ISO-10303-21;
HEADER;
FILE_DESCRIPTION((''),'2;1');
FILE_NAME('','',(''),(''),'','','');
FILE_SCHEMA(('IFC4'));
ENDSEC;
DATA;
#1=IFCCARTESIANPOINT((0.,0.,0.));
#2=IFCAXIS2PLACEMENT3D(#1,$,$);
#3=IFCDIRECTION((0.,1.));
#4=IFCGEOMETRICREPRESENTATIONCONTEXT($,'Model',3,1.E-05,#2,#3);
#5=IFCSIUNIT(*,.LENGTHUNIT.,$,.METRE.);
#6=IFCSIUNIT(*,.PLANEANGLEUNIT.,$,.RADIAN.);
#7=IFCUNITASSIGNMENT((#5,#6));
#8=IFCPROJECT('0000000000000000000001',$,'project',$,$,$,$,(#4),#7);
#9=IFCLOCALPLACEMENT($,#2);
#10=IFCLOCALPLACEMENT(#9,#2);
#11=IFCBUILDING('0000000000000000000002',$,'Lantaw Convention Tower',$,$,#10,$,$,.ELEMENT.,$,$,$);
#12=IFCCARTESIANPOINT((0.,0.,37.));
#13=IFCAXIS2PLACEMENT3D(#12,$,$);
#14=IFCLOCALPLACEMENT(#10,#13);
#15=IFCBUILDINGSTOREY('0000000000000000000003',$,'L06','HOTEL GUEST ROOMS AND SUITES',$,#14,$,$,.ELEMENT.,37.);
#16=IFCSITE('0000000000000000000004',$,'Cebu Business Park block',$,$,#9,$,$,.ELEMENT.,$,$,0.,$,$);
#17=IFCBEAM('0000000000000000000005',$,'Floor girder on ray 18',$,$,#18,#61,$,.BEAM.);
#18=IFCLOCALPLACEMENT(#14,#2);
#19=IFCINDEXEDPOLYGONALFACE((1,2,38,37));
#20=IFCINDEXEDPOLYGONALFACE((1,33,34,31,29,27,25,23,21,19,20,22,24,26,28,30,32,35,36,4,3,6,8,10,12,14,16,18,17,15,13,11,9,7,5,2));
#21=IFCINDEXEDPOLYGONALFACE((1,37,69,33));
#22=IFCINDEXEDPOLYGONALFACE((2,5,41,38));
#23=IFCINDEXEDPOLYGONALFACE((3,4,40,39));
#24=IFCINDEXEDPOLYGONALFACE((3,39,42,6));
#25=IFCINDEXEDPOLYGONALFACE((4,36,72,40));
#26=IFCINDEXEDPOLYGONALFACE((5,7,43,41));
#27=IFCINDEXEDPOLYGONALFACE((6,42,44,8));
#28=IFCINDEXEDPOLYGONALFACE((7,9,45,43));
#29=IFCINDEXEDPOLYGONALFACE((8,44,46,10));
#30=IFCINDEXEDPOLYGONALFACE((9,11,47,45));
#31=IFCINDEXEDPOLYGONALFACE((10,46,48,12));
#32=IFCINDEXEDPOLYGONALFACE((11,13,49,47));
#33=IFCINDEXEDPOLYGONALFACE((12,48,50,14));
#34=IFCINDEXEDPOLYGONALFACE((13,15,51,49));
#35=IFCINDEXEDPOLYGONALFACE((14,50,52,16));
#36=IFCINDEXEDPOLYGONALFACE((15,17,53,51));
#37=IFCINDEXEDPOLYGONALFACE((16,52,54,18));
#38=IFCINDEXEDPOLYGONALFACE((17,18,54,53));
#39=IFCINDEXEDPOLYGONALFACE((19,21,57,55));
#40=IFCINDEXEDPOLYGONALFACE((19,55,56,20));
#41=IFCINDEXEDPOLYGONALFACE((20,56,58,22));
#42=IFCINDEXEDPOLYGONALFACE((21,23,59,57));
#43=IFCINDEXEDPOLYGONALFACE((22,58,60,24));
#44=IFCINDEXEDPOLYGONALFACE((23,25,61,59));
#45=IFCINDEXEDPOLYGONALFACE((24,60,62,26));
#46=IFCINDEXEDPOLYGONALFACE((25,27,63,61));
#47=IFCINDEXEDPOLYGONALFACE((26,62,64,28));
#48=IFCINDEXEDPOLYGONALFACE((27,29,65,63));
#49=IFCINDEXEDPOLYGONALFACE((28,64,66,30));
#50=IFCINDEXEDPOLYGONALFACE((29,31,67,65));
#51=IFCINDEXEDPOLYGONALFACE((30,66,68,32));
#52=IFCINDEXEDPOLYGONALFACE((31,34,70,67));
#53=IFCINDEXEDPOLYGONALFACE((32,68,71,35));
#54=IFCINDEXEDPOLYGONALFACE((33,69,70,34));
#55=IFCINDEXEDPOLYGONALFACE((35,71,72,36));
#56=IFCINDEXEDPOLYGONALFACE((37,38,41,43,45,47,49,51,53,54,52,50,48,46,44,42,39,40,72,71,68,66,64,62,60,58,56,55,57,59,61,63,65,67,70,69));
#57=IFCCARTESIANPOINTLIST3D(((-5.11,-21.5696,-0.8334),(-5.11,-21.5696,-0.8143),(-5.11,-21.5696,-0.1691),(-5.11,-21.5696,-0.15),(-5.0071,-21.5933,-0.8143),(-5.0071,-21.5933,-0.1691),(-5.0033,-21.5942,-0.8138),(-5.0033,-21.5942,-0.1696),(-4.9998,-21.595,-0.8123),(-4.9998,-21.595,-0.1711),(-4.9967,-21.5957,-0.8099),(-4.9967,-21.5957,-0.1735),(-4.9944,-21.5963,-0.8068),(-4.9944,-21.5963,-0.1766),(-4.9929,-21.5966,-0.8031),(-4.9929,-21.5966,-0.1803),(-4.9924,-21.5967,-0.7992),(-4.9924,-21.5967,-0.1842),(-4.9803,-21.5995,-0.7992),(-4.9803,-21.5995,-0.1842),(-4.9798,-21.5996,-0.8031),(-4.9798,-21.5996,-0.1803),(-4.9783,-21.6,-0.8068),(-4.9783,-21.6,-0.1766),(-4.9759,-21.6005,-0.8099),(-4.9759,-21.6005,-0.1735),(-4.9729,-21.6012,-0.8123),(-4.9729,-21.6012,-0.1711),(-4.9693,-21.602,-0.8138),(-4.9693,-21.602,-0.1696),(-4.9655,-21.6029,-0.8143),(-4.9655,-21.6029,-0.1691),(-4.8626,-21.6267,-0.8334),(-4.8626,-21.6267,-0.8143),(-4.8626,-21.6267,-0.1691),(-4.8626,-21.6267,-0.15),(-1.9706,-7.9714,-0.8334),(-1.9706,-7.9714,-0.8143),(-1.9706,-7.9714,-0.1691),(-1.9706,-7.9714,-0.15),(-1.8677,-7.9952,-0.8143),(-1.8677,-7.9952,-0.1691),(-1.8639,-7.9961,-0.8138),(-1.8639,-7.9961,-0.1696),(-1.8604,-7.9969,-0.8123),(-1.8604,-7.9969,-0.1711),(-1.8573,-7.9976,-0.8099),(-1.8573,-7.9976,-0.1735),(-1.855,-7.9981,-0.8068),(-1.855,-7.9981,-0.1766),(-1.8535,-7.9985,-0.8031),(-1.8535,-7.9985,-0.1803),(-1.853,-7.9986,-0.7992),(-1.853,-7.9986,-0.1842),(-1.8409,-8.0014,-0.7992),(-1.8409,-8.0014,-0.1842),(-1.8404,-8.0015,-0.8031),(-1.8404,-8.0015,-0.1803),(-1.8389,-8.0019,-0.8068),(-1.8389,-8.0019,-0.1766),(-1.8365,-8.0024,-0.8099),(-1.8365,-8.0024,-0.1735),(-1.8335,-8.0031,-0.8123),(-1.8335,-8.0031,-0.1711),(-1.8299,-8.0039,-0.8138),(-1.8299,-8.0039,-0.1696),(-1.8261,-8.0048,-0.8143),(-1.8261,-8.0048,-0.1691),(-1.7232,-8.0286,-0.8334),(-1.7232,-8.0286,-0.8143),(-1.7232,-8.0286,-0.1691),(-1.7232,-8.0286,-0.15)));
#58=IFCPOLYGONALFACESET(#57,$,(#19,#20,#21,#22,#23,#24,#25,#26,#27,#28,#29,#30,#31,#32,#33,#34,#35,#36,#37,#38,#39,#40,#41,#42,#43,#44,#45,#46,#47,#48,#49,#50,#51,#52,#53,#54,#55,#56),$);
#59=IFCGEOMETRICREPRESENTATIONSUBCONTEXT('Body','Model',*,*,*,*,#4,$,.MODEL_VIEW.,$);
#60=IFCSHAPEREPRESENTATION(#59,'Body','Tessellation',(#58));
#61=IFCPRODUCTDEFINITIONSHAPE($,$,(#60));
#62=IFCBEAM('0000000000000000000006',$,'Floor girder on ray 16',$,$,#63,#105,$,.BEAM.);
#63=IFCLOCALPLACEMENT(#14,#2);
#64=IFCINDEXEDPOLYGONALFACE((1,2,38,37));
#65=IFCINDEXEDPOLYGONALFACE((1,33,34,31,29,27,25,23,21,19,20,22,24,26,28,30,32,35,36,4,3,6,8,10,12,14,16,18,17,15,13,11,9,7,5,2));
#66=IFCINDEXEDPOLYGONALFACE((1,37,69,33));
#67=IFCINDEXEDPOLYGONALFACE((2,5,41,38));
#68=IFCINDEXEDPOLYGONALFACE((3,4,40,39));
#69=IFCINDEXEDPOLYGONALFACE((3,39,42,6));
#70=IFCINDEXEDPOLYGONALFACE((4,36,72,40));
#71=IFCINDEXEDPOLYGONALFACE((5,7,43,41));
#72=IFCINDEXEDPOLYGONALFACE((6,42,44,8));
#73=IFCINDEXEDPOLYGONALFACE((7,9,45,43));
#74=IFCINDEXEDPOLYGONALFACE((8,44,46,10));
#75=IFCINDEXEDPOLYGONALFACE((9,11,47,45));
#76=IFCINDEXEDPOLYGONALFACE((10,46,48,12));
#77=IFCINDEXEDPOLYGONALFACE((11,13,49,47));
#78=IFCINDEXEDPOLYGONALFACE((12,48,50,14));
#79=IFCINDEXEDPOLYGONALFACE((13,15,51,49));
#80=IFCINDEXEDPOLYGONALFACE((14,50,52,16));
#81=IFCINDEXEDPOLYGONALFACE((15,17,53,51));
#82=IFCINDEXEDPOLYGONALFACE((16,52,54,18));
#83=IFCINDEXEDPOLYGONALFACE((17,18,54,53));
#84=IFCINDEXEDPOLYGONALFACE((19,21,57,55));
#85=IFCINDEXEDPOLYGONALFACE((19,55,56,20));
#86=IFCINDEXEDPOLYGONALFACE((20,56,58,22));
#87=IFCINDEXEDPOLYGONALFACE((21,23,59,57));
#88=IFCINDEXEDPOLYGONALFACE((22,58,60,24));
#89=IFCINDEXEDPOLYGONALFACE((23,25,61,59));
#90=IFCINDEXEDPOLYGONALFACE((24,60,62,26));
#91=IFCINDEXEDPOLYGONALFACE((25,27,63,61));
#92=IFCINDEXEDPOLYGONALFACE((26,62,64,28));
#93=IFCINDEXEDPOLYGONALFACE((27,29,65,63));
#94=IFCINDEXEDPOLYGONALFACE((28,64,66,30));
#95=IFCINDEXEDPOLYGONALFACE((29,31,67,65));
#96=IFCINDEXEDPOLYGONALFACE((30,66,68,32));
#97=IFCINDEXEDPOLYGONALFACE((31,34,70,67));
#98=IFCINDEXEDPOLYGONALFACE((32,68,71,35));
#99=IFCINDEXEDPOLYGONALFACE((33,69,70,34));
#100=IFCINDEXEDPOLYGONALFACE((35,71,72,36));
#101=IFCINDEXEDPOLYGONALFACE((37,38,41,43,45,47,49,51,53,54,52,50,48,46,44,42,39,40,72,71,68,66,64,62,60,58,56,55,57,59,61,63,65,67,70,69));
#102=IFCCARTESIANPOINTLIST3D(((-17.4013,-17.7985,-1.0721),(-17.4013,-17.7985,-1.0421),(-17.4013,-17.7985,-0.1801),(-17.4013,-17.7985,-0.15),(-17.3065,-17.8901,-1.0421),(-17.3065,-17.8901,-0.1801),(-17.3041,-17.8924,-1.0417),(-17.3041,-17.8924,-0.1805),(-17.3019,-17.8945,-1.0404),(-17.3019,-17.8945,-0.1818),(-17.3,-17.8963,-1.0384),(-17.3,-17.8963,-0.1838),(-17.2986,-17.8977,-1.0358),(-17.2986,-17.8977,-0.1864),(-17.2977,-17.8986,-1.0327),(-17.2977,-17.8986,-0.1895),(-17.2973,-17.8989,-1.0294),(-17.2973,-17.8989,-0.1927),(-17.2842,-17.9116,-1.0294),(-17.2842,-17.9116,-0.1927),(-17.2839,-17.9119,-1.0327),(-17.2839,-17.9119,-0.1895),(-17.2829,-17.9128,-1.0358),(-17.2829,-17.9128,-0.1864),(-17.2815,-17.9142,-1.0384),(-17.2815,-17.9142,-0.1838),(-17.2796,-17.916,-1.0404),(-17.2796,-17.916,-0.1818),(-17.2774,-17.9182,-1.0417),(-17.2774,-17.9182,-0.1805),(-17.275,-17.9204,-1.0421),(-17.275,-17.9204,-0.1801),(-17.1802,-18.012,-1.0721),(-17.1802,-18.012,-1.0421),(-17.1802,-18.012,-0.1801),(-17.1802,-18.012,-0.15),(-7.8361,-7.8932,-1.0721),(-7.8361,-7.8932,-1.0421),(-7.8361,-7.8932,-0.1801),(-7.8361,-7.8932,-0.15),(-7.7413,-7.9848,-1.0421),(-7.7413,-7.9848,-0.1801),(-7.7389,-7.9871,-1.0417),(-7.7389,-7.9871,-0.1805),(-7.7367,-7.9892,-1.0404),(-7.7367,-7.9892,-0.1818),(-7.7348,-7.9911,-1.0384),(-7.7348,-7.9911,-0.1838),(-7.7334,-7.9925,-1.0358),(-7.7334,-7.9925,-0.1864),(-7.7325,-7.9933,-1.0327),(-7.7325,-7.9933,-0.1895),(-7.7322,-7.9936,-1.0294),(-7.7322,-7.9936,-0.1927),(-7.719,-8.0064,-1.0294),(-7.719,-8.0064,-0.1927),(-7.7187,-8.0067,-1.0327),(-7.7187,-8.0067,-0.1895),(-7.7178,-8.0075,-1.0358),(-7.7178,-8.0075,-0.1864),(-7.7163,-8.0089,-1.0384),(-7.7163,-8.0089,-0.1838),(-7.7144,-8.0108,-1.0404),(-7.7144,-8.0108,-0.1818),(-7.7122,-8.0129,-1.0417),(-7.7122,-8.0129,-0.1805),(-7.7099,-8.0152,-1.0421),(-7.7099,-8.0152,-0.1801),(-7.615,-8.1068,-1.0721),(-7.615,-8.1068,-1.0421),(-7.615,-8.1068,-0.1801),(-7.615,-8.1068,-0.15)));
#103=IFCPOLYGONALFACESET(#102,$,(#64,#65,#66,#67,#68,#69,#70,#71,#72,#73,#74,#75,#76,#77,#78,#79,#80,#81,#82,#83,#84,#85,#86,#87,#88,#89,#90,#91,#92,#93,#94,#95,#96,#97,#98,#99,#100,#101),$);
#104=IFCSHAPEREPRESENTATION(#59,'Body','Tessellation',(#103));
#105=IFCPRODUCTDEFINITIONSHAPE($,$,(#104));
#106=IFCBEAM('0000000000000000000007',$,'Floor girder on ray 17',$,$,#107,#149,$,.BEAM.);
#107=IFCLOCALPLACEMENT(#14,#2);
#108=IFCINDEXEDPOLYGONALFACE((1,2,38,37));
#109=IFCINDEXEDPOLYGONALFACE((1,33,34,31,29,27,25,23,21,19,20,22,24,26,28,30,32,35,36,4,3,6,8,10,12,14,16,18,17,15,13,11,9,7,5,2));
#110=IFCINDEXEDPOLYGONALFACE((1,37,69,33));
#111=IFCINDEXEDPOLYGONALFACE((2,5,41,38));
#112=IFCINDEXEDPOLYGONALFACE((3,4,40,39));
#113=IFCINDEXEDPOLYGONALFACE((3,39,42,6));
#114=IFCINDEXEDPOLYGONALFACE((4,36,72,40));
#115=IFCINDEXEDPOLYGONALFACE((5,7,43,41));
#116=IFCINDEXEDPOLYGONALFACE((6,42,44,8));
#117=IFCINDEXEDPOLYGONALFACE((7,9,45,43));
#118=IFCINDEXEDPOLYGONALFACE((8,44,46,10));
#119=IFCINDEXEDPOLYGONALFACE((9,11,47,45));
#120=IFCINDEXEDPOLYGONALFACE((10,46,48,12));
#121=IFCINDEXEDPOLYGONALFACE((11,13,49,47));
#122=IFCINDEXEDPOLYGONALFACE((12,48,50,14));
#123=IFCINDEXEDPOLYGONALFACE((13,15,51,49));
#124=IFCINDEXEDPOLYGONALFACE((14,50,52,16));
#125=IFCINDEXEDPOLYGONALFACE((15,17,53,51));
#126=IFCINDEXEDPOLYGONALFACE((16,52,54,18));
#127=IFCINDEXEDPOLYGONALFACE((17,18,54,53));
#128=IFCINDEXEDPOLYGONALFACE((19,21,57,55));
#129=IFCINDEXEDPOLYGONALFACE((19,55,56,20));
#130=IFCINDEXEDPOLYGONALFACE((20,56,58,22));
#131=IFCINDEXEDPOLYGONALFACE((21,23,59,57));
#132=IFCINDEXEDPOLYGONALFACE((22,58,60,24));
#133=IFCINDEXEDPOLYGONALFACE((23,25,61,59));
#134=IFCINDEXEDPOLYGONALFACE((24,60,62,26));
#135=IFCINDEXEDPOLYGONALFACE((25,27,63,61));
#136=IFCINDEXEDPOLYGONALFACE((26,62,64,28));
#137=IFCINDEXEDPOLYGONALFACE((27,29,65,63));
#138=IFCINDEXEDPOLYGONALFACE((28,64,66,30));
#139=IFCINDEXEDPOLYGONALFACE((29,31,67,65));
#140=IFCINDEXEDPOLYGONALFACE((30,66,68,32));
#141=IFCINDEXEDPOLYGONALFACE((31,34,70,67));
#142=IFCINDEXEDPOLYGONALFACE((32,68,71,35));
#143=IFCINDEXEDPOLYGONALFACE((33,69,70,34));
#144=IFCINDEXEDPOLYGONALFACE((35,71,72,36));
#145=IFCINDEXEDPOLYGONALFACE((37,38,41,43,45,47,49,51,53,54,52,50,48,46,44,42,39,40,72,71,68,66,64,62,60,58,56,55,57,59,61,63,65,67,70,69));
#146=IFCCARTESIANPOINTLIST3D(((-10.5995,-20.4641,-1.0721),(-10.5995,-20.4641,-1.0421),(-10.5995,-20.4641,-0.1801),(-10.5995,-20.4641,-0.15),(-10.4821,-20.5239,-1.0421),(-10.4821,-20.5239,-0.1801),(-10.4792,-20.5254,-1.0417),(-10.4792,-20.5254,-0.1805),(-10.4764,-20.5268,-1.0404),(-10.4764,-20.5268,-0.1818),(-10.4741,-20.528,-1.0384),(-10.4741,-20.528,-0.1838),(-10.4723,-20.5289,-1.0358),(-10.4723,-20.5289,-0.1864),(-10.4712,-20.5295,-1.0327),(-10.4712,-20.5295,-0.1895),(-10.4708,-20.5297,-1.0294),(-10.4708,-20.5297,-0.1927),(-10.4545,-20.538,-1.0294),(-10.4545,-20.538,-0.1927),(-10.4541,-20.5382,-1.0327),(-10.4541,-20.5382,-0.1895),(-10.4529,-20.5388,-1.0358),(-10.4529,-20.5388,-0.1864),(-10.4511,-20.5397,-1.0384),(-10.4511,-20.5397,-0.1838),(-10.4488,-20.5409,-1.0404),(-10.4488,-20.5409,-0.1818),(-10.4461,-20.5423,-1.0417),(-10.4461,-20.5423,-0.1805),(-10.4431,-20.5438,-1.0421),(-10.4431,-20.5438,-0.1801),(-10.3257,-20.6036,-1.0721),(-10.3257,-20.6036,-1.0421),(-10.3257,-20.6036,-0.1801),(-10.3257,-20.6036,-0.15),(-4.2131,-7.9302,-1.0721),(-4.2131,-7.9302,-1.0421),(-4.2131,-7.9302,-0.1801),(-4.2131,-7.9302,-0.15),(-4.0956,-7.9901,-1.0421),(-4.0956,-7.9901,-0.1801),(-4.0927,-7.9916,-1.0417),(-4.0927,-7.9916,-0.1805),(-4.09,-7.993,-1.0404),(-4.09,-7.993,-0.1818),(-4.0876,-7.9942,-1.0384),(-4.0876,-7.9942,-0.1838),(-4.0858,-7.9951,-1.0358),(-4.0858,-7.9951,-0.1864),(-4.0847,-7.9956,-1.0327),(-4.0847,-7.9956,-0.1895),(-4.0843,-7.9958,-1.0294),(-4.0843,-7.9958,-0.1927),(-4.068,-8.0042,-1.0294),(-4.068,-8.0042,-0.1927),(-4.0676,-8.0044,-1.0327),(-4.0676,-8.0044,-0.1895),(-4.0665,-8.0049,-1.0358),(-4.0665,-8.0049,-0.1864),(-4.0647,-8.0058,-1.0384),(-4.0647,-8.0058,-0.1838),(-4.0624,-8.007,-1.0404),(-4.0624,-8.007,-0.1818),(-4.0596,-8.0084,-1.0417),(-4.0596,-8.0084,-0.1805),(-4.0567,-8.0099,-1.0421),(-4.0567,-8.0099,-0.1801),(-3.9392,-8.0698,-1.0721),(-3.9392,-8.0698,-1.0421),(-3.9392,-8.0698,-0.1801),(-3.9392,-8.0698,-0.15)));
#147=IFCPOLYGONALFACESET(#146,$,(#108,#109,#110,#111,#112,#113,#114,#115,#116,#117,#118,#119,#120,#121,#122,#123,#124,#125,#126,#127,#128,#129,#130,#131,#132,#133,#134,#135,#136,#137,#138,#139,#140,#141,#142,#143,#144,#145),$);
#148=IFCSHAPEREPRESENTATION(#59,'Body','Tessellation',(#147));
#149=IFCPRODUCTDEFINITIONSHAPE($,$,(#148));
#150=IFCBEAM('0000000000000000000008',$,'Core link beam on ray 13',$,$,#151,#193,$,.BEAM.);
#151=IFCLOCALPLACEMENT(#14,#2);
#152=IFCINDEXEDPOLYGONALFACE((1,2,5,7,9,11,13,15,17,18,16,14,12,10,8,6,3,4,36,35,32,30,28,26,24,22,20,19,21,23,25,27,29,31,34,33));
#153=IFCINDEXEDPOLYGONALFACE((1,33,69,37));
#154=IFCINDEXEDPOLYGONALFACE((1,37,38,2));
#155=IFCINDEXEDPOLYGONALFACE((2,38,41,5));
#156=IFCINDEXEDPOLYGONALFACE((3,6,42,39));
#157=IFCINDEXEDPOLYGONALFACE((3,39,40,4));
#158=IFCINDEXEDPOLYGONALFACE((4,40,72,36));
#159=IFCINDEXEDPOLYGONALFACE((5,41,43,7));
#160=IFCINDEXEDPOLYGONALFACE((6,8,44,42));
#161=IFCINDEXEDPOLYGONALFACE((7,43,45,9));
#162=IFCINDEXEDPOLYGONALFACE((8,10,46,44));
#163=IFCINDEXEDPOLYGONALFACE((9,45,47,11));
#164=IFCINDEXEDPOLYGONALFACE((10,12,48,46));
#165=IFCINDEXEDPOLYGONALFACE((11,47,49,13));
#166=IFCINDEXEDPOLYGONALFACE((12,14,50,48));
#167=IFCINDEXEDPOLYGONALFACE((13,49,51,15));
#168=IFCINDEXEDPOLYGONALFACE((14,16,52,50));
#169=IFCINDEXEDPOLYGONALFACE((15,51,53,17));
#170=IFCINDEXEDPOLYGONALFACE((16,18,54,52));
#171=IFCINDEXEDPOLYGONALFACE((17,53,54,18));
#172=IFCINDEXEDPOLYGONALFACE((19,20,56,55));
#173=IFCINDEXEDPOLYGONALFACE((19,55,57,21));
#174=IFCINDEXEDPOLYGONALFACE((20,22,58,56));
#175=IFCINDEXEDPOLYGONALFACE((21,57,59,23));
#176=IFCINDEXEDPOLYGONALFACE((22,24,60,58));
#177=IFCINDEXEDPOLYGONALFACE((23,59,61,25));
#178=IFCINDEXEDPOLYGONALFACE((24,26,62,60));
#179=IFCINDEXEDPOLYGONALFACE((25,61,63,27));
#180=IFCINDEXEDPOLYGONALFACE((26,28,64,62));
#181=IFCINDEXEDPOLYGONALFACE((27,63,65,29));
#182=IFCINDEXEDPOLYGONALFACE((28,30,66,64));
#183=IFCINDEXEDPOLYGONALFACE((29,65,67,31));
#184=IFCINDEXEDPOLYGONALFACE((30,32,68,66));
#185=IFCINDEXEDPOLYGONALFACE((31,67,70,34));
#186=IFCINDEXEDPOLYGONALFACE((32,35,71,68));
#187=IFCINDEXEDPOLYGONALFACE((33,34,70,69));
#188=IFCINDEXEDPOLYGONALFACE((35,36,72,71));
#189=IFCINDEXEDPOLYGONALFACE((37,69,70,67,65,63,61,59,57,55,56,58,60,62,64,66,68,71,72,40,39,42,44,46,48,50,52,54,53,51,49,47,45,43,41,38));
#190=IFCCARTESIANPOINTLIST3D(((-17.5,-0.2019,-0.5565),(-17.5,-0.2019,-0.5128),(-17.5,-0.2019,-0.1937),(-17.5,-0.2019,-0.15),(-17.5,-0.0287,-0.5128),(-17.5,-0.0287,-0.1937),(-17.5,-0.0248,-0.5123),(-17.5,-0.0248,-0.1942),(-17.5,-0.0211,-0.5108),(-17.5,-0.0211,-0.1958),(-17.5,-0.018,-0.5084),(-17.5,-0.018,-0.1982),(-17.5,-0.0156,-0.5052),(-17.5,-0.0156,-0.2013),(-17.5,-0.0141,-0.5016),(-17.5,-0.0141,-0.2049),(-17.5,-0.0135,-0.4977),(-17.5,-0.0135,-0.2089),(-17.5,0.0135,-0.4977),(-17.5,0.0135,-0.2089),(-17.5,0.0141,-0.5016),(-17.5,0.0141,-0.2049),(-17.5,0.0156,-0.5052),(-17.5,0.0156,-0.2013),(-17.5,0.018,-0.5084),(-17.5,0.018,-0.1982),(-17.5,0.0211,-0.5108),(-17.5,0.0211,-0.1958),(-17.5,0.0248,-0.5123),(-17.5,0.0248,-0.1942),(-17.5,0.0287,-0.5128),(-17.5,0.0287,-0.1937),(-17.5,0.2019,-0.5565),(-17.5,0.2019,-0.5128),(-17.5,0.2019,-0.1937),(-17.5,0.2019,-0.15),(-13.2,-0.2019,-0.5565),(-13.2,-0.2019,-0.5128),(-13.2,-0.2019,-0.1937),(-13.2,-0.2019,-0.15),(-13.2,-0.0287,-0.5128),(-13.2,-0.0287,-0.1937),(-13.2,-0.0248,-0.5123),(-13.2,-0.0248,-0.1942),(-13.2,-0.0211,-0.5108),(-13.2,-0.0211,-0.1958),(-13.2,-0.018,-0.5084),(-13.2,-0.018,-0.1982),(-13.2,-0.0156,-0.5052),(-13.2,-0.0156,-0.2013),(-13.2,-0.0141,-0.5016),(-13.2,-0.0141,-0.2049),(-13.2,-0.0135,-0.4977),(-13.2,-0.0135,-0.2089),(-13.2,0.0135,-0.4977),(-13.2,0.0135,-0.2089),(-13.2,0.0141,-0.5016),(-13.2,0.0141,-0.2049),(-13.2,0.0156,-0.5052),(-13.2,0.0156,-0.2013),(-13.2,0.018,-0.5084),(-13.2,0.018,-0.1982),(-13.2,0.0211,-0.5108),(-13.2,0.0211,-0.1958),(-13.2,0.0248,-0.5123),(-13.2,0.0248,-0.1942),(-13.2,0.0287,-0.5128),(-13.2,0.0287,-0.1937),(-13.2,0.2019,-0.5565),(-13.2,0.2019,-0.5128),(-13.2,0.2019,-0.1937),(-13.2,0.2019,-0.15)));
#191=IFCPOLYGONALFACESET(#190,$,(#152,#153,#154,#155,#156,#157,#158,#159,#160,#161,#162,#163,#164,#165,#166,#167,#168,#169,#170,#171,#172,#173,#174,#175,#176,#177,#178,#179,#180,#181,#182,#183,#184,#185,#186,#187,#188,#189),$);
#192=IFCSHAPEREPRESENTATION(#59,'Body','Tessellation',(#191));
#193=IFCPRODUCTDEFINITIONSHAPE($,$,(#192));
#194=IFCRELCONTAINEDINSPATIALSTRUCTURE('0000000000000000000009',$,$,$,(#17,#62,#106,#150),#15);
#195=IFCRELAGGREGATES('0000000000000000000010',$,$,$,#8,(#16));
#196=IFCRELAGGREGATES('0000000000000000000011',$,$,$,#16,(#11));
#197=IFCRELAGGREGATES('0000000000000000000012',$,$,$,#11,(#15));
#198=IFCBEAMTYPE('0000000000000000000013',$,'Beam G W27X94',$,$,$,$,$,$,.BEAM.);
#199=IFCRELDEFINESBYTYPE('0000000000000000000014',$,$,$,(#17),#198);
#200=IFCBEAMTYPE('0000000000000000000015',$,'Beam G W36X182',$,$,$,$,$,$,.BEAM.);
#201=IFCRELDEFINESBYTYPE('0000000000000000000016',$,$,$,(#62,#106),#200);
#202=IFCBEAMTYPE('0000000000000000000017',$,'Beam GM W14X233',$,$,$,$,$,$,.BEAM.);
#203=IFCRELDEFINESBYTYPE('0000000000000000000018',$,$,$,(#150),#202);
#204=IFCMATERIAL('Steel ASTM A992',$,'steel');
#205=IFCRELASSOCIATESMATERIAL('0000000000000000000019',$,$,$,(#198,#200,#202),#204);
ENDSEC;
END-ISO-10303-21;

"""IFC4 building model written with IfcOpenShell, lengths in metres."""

from ifc_helpers import new_model, si_unit, direction, frame, origin, origin_2d, place, context, subcontext, project, spatial, i_section, extrude, material, material_profile, profile_set, type_object, element, save


model = new_model("IFC4")

# Units and contexts
model_context = context("Model", 3, precision=1e-05, world=origin(), true_north=direction((0.0, 1.0)))
body_context = subcontext(model_context, "Body", "Model", "MODEL_VIEW")
ifc_project = project(units=[si_unit("LENGTHUNIT", "METRE"), si_unit("PLANEANGLEUNIT", "RADIAN")], contexts=[model_context])

# Site, building, storey
site_placement = place(None, origin())
site = spatial("IfcSite", under=ifc_project, at=site_placement, Name="Cebu Business Park block", CompositionType="ELEMENT", RefElevation=0.0)
building_placement = place(site_placement, origin())
building = spatial("IfcBuilding", under=site, at=building_placement, Name="Lantaw Convention Tower", CompositionType="ELEMENT")
storey_placement = place(building_placement, frame((0.0, 0.0, 37.0)))
storey = spatial("IfcBuildingStorey", under=building, at=storey_placement, Name="L06", Description="HOTEL GUEST ROOMS AND SUITES", CompositionType="ELEMENT", Elevation=37.0)

# Beams
ifc_material_1 = material(Name="Steel ASTM A992", Category="steel")
ifc_material_profile_1 = material_profile(ifc_material_1, i_section(OverallWidth=0.2539, OverallDepth=0.6833, WebThickness=0.0125, FlangeThickness=0.019, FilletRadius=0.0151, at=origin_2d()), Name="W27X94")
ifc_profile_set_1 = profile_set([ifc_material_profile_1], Name="Steel ASTM A992")
beam_type_1 = type_object("IfcBeamType", Name="Beam G W27X94", PredefinedType="BEAM", material=ifc_profile_set_1)
beam_1_placement = place(storey_placement, frame((-1.8469, -8.0, -0.4917), z_axis=(-0.224953, -0.97437, 0.0), x_axis=(0.97437, -0.224953, 0.0)))
element("IfcBeam", 1, at=beam_1_placement, inside=storey, type_object=beam_type_1, Name="Floor girder on ray 18", PredefinedType="BEAM", context=body_context, shape_type="SweptSolid", body=[
    extrude(i_section(OverallWidth=0.2539, OverallDepth=0.6833, WebThickness=0.0125, FlangeThickness=0.019, FilletRadius=0.0151, at=origin_2d()), origin(), (0.0, 0.0, 1.0), 13.9558),
])
ifc_material_profile_2 = material_profile(ifc_material_1, i_section(OverallWidth=0.3074, OverallDepth=0.9221, WebThickness=0.0183, FlangeThickness=0.03, FilletRadius=0.0127, at=origin_2d()), Name="W36X182")
ifc_profile_set_2 = profile_set([ifc_material_profile_2], Name="Steel ASTM A992")
beam_type_2 = type_object("IfcBeamType", Name="Beam G W36X182", PredefinedType="BEAM", material=ifc_profile_set_2)
beam_2_placement = place(storey_placement, frame((-7.7256, -8.0, -0.6111), z_axis=(-0.69465, -0.719348, 0.0), x_axis=(0.719348, -0.69465, 0.0)))
element("IfcBeam", 2, at=beam_2_placement, inside=storey, type_object=beam_type_2, Name="Floor girder on ray 16", PredefinedType="BEAM", context=body_context, shape_type="SweptSolid", body=[
    extrude(i_section(OverallWidth=0.3074, OverallDepth=0.9221, WebThickness=0.0183, FlangeThickness=0.03, FilletRadius=0.0127, at=origin_2d()), origin(), (0.0, 0.0, 1.0), 13.7698),
])
beam_3_placement = place(storey_placement, frame((-4.0762, -8.0, -0.6111), z_axis=(-0.453997, -0.891003, 0.0), x_axis=(0.891003, -0.453997, 0.0)))
element("IfcBeam", 3, at=beam_3_placement, inside=storey, type_object=beam_type_2, Name="Floor girder on ray 17", PredefinedType="BEAM", context=body_context, shape_type="SweptSolid", body=[
    extrude(i_section(OverallWidth=0.3074, OverallDepth=0.9221, WebThickness=0.0183, FlangeThickness=0.03, FilletRadius=0.0127, at=origin_2d()), origin(), (0.0, 0.0, 1.0), 14.0671),
])
ifc_material_profile_3 = material_profile(ifc_material_1, i_section(OverallWidth=0.4038, OverallDepth=0.4065, WebThickness=0.0271, FlangeThickness=0.0437, FilletRadius=0.0151, at=origin_2d()), Name="W14X233")
ifc_profile_set_3 = profile_set([ifc_material_profile_3], Name="Steel ASTM A992")
beam_type_3 = type_object("IfcBeamType", Name="Beam GM W14X233", PredefinedType="BEAM", material=ifc_profile_set_3)
beam_4_placement = place(storey_placement, frame((-13.2, 0.0, -0.3533), z_axis=(-1.0, 0.0, 0.0), x_axis=(0.0, -1.0, 0.0)))
element("IfcBeam", 4, at=beam_4_placement, inside=storey, type_object=beam_type_3, Name="Core link beam on ray 13", PredefinedType="BEAM", context=body_context, shape_type="SweptSolid", body=[
    extrude(i_section(OverallWidth=0.4038, OverallDepth=0.4065, WebThickness=0.0271, FlangeThickness=0.0437, FilletRadius=0.0151, at=origin_2d()), origin(), (0.0, 0.0, 1.0), 4.3),
])

save(model, "model.ifc")
